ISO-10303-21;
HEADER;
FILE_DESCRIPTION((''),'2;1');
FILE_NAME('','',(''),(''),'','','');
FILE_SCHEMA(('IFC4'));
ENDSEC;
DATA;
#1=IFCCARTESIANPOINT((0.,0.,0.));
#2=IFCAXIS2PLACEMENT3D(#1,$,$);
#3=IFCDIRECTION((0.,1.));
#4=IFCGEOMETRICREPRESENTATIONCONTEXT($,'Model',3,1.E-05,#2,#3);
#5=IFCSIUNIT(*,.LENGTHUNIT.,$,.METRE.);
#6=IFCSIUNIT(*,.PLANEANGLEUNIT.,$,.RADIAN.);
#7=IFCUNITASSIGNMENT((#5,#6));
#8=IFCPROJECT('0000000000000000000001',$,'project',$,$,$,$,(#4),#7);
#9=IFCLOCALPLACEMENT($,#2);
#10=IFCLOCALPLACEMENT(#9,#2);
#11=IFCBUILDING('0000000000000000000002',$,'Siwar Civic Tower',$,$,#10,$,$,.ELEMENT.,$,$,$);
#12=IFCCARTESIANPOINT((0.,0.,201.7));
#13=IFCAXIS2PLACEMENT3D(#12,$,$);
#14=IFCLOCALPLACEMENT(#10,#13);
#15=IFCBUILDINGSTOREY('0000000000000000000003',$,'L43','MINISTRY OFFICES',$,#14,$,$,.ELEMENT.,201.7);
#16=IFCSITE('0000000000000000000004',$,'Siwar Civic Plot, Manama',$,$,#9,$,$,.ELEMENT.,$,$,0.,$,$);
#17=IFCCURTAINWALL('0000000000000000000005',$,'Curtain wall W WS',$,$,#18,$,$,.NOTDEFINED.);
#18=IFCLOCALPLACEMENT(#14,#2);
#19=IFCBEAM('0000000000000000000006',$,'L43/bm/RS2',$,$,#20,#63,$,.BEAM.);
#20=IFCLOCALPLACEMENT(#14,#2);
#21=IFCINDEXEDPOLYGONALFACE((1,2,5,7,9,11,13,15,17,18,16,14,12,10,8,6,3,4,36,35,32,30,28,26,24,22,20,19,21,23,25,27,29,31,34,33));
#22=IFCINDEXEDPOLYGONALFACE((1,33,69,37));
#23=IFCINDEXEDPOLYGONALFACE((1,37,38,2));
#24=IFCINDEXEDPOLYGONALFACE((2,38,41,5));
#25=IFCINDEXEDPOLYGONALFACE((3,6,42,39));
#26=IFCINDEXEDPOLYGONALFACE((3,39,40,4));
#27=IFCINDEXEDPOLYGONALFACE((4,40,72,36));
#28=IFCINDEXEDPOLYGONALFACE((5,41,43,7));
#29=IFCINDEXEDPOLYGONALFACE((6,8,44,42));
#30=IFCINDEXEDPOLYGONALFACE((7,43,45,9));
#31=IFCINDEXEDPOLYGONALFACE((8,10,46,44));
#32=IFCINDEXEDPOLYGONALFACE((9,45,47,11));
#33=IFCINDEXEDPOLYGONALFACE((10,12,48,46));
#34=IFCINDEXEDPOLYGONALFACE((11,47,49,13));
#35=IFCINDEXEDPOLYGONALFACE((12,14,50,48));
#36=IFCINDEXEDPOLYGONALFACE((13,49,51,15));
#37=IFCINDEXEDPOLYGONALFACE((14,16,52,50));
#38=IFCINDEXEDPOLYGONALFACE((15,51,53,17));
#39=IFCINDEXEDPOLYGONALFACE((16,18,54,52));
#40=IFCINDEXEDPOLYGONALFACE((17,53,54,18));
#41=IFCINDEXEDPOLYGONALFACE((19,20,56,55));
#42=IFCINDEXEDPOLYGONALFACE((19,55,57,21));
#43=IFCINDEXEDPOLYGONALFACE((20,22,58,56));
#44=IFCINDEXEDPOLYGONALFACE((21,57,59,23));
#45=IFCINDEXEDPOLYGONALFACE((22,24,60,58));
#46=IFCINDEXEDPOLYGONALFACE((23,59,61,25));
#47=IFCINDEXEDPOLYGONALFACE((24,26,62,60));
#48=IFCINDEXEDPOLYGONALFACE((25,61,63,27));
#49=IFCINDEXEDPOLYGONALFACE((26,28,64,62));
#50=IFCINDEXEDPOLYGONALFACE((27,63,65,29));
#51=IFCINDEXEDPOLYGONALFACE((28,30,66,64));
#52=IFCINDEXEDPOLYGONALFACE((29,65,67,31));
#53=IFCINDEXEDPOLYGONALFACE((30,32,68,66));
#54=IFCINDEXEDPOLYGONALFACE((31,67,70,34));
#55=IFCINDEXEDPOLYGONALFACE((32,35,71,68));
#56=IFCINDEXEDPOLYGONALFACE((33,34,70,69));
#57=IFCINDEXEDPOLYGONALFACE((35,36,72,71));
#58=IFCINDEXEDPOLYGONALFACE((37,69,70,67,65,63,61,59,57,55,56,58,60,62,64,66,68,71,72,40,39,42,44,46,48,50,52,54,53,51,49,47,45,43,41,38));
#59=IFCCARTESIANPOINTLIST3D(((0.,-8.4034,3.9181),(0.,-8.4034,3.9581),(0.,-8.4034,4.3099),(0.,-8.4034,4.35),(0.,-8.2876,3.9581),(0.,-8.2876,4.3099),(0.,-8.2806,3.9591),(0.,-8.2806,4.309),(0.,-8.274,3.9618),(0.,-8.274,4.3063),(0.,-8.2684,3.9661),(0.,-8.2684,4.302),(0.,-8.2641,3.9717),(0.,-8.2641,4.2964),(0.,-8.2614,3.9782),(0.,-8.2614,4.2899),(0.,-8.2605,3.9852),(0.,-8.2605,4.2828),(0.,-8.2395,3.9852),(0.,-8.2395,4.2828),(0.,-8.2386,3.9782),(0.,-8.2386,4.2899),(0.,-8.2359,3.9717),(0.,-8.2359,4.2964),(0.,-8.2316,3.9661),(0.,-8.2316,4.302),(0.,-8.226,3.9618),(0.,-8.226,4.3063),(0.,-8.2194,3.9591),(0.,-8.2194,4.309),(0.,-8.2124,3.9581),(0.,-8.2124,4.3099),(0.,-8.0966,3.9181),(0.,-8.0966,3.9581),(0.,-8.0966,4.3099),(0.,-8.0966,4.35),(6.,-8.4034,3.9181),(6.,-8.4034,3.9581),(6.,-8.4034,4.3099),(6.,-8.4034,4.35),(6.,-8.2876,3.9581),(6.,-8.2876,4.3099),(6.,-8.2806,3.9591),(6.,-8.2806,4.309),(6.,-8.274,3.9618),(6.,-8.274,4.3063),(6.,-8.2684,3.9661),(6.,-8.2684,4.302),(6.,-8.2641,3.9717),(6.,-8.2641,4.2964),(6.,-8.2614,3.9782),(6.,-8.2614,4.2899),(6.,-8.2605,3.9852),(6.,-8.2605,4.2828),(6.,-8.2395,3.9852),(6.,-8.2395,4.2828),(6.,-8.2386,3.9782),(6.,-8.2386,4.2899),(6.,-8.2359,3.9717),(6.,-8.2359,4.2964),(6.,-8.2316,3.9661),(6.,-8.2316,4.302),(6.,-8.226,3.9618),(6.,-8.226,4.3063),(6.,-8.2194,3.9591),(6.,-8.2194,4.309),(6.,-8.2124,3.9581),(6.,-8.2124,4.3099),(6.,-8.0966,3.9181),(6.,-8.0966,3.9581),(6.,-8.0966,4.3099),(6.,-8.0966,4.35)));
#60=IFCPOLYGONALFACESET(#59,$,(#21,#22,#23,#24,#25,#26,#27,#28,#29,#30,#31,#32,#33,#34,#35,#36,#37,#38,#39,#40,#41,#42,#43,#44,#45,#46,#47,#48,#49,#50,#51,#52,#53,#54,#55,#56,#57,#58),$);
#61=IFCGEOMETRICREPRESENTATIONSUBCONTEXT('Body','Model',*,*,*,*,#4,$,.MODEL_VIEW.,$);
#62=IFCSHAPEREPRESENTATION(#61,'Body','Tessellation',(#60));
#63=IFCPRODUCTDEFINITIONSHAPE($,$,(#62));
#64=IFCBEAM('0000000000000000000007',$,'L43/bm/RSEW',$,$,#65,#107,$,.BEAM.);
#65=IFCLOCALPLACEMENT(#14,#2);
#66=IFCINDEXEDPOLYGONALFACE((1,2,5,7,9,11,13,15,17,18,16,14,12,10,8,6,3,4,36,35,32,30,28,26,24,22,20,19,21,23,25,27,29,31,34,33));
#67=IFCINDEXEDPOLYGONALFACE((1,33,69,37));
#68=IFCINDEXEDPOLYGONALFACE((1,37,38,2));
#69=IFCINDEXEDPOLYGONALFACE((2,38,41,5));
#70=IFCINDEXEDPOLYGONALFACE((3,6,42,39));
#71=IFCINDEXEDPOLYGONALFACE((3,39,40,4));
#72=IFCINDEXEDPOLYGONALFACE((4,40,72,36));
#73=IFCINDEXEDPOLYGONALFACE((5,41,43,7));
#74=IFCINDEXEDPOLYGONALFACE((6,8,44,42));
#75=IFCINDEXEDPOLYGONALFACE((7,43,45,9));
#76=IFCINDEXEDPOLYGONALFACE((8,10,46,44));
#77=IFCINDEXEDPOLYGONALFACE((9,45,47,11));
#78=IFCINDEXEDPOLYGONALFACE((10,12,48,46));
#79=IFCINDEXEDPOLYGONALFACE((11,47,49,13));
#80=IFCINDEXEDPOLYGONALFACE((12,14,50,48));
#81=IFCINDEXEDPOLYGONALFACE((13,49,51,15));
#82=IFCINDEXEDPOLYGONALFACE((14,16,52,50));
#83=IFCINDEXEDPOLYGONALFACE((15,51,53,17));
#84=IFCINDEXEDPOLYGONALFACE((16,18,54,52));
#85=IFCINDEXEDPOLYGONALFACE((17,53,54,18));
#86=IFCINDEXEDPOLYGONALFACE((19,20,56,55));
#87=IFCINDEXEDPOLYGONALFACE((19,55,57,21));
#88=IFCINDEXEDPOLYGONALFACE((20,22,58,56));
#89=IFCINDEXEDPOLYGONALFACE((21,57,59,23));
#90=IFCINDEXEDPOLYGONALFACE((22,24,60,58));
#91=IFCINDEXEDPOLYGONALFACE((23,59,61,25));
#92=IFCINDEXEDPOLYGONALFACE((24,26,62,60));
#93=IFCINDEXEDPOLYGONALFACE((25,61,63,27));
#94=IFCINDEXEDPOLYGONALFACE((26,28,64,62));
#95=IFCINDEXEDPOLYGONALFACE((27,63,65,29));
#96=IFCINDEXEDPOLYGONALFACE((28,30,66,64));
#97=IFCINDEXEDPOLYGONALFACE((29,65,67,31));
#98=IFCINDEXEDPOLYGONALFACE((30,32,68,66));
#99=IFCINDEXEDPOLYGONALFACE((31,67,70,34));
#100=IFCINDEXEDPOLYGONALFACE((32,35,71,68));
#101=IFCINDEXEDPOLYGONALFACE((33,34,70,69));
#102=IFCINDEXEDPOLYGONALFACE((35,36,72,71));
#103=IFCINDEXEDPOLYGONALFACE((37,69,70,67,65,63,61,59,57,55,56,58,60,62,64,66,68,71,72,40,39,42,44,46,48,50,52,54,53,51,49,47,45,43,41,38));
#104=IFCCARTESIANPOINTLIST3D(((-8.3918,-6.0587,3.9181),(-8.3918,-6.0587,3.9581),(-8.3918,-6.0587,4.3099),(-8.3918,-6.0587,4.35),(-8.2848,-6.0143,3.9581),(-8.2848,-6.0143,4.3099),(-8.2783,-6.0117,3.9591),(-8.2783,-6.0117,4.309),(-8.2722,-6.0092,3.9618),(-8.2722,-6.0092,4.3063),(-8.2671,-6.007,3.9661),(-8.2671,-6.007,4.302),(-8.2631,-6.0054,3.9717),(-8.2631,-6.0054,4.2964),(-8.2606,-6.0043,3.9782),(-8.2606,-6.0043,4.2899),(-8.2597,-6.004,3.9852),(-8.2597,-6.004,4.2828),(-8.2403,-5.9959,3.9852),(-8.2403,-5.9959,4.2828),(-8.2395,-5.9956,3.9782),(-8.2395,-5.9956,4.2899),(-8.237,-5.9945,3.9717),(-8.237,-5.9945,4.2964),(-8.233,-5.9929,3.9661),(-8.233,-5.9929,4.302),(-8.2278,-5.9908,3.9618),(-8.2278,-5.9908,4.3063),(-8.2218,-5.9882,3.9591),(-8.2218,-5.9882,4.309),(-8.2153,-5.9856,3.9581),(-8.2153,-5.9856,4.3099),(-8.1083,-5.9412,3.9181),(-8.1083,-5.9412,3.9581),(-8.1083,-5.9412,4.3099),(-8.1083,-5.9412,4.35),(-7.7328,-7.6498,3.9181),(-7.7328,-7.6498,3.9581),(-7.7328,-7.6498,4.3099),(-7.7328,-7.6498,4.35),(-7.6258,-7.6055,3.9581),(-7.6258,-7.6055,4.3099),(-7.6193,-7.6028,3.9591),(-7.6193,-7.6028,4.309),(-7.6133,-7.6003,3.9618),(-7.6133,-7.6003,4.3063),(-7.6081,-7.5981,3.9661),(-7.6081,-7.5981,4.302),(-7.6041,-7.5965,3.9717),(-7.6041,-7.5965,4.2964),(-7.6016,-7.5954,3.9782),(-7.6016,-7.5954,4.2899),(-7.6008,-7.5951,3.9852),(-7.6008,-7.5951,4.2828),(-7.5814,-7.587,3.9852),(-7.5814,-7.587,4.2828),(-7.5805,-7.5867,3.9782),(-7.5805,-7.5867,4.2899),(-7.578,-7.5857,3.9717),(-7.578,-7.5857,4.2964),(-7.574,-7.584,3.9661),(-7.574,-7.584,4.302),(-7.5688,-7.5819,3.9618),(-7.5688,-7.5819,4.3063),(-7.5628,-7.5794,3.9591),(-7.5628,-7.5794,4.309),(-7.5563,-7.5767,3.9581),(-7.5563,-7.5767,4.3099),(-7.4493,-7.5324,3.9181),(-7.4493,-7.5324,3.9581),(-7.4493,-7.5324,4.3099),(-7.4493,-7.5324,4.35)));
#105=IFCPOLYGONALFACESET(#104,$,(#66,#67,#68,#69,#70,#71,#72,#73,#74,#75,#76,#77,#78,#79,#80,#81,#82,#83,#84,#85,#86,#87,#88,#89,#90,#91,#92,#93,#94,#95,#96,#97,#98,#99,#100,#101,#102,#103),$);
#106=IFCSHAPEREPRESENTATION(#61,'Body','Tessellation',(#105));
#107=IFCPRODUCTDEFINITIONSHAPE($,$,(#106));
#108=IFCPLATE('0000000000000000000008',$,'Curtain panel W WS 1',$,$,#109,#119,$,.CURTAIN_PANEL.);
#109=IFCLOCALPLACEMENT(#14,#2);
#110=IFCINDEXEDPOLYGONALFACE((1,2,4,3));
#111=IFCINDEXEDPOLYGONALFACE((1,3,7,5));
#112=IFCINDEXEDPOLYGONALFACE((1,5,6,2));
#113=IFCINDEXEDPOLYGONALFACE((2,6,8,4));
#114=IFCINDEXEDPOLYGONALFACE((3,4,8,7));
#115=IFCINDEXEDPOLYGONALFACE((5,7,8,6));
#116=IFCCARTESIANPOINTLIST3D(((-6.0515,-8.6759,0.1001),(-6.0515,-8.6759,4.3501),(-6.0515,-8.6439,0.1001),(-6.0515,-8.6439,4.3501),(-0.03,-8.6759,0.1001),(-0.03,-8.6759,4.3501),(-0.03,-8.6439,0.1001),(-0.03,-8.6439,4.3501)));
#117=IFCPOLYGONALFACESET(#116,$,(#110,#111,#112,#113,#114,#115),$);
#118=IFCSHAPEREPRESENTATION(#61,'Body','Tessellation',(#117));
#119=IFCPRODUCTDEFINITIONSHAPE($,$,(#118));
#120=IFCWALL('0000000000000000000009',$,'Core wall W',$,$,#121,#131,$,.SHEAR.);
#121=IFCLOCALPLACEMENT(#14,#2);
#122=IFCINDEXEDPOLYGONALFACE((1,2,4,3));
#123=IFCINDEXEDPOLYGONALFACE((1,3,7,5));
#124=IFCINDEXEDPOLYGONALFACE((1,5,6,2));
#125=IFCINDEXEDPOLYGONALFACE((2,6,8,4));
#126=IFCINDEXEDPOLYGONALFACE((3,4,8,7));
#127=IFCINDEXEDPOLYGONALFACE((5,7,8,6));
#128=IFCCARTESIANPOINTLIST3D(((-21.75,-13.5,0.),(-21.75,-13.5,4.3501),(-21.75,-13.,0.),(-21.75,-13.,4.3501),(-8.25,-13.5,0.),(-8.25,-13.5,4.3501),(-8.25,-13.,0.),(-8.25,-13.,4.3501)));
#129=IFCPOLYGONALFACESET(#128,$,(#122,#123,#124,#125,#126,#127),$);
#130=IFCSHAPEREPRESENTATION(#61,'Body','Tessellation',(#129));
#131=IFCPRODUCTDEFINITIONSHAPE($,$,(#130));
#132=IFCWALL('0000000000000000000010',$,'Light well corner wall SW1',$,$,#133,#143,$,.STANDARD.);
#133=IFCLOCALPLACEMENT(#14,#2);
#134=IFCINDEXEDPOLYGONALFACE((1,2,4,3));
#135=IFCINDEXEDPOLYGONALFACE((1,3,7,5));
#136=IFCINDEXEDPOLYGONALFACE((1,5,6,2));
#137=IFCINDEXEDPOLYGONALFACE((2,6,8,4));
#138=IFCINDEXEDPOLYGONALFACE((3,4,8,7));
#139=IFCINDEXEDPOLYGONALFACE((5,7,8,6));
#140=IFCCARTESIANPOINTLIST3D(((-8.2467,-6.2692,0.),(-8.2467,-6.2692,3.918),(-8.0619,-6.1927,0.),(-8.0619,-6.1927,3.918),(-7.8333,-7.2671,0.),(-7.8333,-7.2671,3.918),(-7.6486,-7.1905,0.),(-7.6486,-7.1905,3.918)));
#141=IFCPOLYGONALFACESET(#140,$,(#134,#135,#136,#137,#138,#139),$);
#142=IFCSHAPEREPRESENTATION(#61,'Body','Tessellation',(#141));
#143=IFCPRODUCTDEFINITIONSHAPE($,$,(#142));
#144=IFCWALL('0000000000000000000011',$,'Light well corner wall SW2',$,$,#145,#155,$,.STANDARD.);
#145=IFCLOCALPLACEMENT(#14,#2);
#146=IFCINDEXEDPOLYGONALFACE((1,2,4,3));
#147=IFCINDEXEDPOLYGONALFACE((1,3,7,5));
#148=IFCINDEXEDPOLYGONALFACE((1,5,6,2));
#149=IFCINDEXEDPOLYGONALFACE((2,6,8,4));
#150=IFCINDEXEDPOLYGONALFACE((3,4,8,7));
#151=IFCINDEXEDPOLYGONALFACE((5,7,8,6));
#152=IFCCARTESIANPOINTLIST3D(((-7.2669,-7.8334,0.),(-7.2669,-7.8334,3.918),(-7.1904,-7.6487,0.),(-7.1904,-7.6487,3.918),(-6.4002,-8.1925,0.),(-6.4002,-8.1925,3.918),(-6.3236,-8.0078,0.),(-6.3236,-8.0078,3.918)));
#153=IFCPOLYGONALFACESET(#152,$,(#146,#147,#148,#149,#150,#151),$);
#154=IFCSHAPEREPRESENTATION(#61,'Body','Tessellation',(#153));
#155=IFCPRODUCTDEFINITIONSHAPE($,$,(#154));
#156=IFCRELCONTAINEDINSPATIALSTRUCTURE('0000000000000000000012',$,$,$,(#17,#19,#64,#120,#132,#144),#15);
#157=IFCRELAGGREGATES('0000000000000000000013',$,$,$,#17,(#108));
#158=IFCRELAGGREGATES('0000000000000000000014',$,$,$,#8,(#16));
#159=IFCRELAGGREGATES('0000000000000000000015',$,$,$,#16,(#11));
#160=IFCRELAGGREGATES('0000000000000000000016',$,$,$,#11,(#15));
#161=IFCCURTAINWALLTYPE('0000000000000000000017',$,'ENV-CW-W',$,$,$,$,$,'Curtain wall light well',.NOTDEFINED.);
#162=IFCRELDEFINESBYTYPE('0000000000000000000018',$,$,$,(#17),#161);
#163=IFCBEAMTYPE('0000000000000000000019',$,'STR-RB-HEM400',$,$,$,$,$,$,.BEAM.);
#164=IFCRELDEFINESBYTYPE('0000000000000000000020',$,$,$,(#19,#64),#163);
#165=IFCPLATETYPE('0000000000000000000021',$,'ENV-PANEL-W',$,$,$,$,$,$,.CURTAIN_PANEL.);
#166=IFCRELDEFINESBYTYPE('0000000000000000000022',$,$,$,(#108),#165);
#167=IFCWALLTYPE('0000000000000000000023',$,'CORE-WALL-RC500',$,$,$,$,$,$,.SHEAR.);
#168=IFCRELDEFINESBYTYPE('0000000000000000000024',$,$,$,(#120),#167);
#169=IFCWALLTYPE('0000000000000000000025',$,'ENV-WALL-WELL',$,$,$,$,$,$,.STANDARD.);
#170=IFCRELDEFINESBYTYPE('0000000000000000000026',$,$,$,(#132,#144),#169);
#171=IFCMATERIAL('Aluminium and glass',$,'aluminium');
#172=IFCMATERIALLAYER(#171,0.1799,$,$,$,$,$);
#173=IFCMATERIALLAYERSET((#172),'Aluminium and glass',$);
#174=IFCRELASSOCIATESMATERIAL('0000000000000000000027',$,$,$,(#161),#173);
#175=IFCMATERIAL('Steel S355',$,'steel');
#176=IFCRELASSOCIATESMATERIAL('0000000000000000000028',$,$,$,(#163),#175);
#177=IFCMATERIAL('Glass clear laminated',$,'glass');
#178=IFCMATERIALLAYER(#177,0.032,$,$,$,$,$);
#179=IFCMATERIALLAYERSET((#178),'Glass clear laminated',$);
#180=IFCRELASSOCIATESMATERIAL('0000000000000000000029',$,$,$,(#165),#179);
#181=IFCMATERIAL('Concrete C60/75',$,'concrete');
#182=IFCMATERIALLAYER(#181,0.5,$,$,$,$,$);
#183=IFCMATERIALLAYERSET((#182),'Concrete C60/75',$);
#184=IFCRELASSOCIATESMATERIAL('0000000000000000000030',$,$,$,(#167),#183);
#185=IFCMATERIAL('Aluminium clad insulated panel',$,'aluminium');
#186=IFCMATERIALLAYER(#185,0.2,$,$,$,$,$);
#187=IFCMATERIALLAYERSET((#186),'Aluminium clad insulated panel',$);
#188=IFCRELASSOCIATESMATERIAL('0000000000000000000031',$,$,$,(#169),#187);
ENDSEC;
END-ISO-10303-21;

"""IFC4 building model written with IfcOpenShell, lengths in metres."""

from ifc_helpers import new_model, si_unit, direction, frame, frame_2d, origin, origin_2d, place, context, subcontext, project, spatial, rectangle, i_section, extrude, material, layer, layer_set, material_profile, profile_set, type_object, element, aggregate, save


model = new_model("IFC4")

# Units and contexts
model_context = context("Model", 3, precision=1e-05, world=origin(), true_north=direction((0.0, 1.0)))
body_context = subcontext(model_context, "Body", "Model", "MODEL_VIEW")
ifc_project = project(units=[si_unit("LENGTHUNIT", "METRE"), si_unit("PLANEANGLEUNIT", "RADIAN")], contexts=[model_context])

# Site, building, storey
site_placement = place(None, origin())
site = spatial("IfcSite", under=ifc_project, at=site_placement, Name="Siwar Civic Plot, Manama", CompositionType="ELEMENT", RefElevation=0.0)
building_placement = place(site_placement, origin())
building = spatial("IfcBuilding", under=site, at=building_placement, Name="Siwar Civic Tower", CompositionType="ELEMENT")
storey_placement = place(building_placement, frame((0.0, 0.0, 201.7)))
storey = spatial("IfcBuildingStorey", under=building, at=storey_placement, Name="L43", Description="MINISTRY OFFICES", CompositionType="ELEMENT", Elevation=201.7)

# Curtain wall
ifc_material_1 = material(Name="Aluminium and glass", Category="aluminium")
ifc_layer_1 = layer(ifc_material_1, 0.1799)
ifc_layer_set_1 = layer_set([ifc_layer_1], Name="Aluminium and glass")
curtain_wall_type = type_object("IfcCurtainWallType", Name="ENV-CW-W", ElementType="Curtain wall light well", PredefinedType="NOTDEFINED", material=ifc_layer_set_1)
curtain_wall_placement = place(storey_placement, origin())
curtain_wall = element("IfcCurtainWall", 1, at=curtain_wall_placement, inside=storey, type_object=curtain_wall_type, Name="Curtain wall W WS", PredefinedType="NOTDEFINED")

# Beams
ifc_material_2 = material(Name="Steel S355", Category="steel")
ifc_material_profile_1 = material_profile(ifc_material_2, i_section(OverallWidth=0.3069, OverallDepth=0.4319, WebThickness=0.021, FlangeThickness=0.04, FilletRadius=0.0271, at=origin_2d()), Name="HEM400")
ifc_profile_set_1 = profile_set([ifc_material_profile_1], Name="Steel S355")
beam_type = type_object("IfcBeamType", Name="STR-RB-HEM400", PredefinedType="BEAM", material=ifc_profile_set_1)
for number, where, z_axis, x_axis, name in (
    (2, (0.0, -8.25, 4.134), (1.0, 0.0, 0.0), (0.0, 1.0, 0.0), "L43/bm/RS2"),
):
    element("IfcBeam", number, at=place(storey_placement, frame(where, z_axis=z_axis, x_axis=x_axis)), inside=storey, type_object=beam_type, Name=name, PredefinedType="BEAM", context=body_context, shape_type="SweptSolid", body=[
        extrude(i_section(OverallWidth=0.3069, OverallDepth=0.4319, WebThickness=0.021, FlangeThickness=0.04, FilletRadius=0.0271, at=origin_2d()), origin(), (0.0, 0.0, 1.0), 6.0),
    ])
beam_1_placement = place(storey_placement, frame((-7.5911, -7.5911, 4.134), z_axis=(-0.382631, 0.923901, 0.0), x_axis=(-0.923901, -0.382631, 0.0)))
element("IfcBeam", 3, at=beam_1_placement, inside=storey, type_object=beam_type, Name="L43/bm/RSEW", PredefinedType="BEAM", context=body_context, shape_type="SweptSolid", body=[
    extrude(i_section(OverallWidth=0.3069, OverallDepth=0.4319, WebThickness=0.021, FlangeThickness=0.04, FilletRadius=0.0271, at=origin_2d()), origin(), (0.0, 0.0, 1.0), 1.7222),
])

# Plate
ifc_material_3 = material(Name="Glass clear laminated", Category="glass")
ifc_layer_2 = layer(ifc_material_3, 0.032)
ifc_layer_set_2 = layer_set([ifc_layer_2], Name="Glass clear laminated")
plate_type = type_object("IfcPlateType", Name="ENV-PANEL-W", PredefinedType="CURTAIN_PANEL", material=ifc_layer_set_2)
plate_placement = place(storey_placement, frame((-3.0408, -8.6599, 0.1001), z_axis=(0.0, 0.0, 1.0), x_axis=(1.0, 0.0, 0.0)))
plate = element("IfcPlate", 4, at=plate_placement, type_object=plate_type, Name="Curtain panel W WS 1", PredefinedType="CURTAIN_PANEL", context=body_context, shape_type="SweptSolid", body=[
    extrude(rectangle(XDim=6.0215, YDim=0.032, at=origin_2d()), origin(), (0.0, 0.0, 1.0), 4.25),
])
aggregate(curtain_wall, [plate])

# Walls
ifc_material_4 = material(Name="Concrete C60/75", Category="concrete")
ifc_layer_3 = layer(ifc_material_4, 0.5)
ifc_layer_set_3 = layer_set([ifc_layer_3], Name="Concrete C60/75")
wall_type_1 = type_object("IfcWallType", Name="CORE-WALL-RC500", PredefinedType="SHEAR", material=ifc_layer_set_3)
wall_1_placement = place(storey_placement, frame((-8.25, -13.25, 0.0), z_axis=(0.0, 0.0, 1.0), x_axis=(-1.0, 0.0, 0.0)))
element("IfcWall", 5, at=wall_1_placement, inside=storey, type_object=wall_type_1, Name="Core wall W", PredefinedType="SHEAR", context=body_context, shape_type="SweptSolid", body=[
    extrude(rectangle(XDim=13.5, YDim=0.5, at=frame_2d((6.75, 0.0))), origin(), (0.0, 0.0, 1.0), 4.3501),
])
ifc_material_5 = material(Name="Aluminium clad insulated panel", Category="aluminium")
ifc_layer_4 = layer(ifc_material_5, 0.2)
ifc_layer_set_4 = layer_set([ifc_layer_4], Name="Aluminium clad insulated panel")
wall_type_2 = type_object("IfcWallType", Name="ENV-WALL-WELL", PredefinedType="STANDARD", material=ifc_layer_set_4)
wall_2_placement = place(storey_placement, frame((-8.1543, -6.231, 0.0), z_axis=(0.0, 0.0, 1.0), x_axis=(0.382704, -0.923871, 0.0)))
element("IfcWall", 6, at=wall_2_placement, inside=storey, type_object=wall_type_2, Name="Light well corner wall SW1", PredefinedType="STANDARD", context=body_context, shape_type="SweptSolid", body=[
    extrude(rectangle(XDim=1.0801, YDim=0.2, at=frame_2d((0.54, 0.0))), origin(), (0.0, 0.0, 1.0), 3.918),
])
wall_3_placement = place(storey_placement, frame((-7.2288, -7.741, 0.0), z_axis=(0.0, 0.0, 1.0), x_axis=(0.92383, -0.382804, 0.0)))
element("IfcWall", 7, at=wall_3_placement, inside=storey, type_object=wall_type_2, Name="Light well corner wall SW2", PredefinedType="STANDARD", context=body_context, shape_type="SweptSolid", body=[
    extrude(rectangle(XDim=0.9382, YDim=0.2, at=frame_2d((0.4692, 0.0))), origin(), (0.0, 0.0, 1.0), 3.918),
])

save(model, "model.ifc")
